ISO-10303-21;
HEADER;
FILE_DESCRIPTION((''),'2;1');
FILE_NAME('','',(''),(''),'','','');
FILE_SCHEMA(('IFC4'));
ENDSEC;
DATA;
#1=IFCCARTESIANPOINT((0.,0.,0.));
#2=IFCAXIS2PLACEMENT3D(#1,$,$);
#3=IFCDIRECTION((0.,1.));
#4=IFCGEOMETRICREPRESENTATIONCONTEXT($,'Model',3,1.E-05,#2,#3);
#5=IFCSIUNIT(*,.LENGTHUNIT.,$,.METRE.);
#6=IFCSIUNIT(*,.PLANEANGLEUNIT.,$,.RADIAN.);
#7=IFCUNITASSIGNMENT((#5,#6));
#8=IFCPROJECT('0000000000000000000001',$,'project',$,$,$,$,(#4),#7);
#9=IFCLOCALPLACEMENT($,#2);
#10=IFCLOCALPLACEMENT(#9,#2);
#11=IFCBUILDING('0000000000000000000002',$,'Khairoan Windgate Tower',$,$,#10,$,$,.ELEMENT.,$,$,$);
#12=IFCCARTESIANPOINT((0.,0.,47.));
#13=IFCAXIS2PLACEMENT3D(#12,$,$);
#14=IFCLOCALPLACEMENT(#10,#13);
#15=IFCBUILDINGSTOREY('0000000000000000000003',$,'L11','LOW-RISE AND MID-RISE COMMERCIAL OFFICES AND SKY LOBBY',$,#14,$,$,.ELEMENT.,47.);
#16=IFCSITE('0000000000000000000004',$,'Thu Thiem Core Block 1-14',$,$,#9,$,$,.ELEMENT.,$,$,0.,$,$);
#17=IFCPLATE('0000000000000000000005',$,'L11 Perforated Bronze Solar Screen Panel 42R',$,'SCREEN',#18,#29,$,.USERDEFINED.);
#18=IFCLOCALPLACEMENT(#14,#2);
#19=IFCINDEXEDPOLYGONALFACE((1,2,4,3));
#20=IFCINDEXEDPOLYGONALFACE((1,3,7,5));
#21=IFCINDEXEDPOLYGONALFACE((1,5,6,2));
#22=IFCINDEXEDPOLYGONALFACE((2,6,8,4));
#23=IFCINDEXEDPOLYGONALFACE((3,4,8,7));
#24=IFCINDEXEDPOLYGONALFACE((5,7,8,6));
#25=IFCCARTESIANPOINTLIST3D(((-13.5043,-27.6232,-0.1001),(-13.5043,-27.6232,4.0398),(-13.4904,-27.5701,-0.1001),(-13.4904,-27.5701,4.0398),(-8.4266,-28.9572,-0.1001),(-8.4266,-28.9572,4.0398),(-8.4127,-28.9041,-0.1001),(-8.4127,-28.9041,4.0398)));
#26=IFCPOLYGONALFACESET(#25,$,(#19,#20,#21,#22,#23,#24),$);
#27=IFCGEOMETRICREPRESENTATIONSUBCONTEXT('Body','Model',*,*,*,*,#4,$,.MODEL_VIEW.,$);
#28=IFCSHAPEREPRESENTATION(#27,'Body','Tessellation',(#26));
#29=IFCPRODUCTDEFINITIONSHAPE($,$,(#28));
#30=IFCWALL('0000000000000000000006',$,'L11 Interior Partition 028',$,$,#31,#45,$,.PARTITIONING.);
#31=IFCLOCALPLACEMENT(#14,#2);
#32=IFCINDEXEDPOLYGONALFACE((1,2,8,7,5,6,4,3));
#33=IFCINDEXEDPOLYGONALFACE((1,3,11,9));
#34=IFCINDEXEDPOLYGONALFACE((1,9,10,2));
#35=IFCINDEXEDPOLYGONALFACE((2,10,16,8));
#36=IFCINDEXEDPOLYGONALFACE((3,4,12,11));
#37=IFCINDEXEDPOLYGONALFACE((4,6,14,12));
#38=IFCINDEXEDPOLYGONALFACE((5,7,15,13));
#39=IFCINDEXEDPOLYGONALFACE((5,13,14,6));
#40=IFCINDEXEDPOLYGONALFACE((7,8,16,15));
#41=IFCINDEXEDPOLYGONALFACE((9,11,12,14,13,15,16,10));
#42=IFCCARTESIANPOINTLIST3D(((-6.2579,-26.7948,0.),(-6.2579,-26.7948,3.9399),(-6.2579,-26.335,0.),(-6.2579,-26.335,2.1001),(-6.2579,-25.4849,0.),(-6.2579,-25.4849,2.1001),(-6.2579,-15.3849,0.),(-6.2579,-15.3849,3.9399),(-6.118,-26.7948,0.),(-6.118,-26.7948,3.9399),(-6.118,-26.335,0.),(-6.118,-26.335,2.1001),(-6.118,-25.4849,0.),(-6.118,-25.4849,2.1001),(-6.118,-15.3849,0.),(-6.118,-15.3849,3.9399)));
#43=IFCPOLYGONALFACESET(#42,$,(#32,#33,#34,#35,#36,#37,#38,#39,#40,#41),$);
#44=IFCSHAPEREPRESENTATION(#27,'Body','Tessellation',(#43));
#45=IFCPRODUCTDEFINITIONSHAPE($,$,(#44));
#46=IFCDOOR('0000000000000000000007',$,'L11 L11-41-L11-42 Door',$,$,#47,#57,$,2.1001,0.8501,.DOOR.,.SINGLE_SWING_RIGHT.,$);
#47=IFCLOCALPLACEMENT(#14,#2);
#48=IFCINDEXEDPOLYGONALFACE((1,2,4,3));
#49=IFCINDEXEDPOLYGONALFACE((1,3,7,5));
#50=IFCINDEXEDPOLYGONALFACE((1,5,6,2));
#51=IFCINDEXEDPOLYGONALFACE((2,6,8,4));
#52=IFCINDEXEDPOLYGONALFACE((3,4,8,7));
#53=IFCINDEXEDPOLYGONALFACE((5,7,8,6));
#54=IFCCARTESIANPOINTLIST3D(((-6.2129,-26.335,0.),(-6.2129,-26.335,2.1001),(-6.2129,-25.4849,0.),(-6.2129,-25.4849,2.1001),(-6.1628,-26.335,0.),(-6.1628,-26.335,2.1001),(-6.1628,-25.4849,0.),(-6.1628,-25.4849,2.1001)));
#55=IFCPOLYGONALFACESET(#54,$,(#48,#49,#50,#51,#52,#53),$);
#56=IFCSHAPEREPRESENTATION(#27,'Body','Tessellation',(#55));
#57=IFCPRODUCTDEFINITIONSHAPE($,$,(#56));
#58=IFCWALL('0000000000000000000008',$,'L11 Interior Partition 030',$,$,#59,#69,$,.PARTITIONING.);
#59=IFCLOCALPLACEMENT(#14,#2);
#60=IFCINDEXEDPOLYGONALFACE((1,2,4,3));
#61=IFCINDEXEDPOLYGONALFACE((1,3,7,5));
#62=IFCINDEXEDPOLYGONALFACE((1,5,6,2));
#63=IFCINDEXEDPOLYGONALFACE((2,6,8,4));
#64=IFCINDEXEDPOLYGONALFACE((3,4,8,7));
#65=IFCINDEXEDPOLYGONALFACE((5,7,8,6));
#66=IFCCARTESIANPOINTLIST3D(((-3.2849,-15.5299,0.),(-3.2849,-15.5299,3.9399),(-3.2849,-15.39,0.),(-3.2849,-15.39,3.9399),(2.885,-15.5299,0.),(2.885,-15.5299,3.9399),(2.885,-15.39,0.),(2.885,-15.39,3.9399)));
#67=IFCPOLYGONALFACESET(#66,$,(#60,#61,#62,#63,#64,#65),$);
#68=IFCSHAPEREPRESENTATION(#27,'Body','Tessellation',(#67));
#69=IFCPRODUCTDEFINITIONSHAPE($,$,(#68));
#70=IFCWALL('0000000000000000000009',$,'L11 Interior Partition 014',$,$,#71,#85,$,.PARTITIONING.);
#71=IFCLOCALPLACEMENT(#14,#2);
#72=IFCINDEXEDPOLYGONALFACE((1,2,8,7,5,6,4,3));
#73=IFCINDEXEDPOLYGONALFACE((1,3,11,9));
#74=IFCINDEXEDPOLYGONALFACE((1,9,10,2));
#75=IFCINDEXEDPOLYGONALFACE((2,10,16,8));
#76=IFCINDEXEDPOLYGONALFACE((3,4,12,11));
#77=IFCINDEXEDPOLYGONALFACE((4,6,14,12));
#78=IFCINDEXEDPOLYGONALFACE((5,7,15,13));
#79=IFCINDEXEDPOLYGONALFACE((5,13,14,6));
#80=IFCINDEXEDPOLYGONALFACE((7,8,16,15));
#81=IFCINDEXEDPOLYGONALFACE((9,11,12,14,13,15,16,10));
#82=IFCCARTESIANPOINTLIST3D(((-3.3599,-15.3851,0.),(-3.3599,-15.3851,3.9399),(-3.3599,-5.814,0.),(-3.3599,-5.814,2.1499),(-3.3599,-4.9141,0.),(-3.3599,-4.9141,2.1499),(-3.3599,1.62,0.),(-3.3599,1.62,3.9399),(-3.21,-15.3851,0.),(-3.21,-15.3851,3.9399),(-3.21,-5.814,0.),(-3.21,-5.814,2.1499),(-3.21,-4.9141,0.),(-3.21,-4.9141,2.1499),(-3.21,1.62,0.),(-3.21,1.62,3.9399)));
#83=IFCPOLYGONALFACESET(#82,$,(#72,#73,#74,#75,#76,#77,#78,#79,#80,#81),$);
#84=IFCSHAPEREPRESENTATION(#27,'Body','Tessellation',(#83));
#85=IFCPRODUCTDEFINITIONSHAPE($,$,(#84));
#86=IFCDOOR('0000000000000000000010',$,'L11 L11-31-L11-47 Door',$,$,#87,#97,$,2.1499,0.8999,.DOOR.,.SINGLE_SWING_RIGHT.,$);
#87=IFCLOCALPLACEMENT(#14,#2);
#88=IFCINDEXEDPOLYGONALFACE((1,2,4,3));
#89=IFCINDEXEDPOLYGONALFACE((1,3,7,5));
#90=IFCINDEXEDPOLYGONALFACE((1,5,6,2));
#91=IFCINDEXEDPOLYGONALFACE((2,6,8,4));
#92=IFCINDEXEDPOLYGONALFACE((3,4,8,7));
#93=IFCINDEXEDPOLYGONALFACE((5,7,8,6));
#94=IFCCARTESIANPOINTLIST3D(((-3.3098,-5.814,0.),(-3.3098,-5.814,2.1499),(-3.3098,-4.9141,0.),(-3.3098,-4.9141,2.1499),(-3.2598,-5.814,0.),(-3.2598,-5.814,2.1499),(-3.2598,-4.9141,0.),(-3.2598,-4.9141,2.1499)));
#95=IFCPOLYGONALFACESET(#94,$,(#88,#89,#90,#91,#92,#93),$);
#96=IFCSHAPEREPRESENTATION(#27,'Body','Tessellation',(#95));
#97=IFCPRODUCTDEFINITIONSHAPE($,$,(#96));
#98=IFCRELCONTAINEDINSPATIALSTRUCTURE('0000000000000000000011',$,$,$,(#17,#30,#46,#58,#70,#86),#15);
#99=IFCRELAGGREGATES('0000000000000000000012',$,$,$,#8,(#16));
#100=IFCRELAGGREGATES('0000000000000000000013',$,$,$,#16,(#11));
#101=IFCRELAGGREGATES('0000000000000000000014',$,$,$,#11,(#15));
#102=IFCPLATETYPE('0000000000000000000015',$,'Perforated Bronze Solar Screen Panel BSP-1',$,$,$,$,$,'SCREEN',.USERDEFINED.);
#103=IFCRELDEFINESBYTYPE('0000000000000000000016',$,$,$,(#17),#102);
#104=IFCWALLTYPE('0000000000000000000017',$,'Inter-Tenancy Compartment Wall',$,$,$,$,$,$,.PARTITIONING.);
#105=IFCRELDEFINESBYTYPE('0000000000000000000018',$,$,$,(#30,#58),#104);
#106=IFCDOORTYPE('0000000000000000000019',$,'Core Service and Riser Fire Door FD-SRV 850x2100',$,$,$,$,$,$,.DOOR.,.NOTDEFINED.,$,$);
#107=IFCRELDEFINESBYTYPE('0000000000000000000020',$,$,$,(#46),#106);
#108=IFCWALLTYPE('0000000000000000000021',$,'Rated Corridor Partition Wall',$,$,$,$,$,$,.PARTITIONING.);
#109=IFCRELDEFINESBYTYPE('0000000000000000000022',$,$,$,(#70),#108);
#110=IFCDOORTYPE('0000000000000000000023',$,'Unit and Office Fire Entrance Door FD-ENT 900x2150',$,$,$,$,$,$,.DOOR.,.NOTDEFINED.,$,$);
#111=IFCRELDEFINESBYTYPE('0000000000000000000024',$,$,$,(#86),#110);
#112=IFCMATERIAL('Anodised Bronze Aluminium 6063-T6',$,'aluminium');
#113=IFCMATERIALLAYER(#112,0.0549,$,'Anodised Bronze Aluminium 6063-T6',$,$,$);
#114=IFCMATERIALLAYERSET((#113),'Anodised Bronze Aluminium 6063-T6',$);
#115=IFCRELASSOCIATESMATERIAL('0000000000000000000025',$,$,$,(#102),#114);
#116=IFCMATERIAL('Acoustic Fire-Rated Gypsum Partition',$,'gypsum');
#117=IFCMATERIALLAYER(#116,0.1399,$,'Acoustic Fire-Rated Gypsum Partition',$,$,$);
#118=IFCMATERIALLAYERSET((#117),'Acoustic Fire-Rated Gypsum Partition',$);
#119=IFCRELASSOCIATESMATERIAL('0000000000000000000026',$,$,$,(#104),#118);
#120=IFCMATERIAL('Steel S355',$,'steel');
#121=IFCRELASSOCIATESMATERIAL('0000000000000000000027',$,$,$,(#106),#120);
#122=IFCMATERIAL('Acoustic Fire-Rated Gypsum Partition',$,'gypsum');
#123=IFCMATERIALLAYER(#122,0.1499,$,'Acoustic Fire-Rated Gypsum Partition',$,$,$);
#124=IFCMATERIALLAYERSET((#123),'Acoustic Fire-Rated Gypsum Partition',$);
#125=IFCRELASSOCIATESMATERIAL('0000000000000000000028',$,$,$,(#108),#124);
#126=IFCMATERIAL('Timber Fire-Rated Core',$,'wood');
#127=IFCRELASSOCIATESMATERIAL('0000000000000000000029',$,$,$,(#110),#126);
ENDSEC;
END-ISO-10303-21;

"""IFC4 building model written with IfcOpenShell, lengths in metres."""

from ifc_helpers import new_model, si_unit, direction, frame, frame_2d, origin, origin_2d, place, context, subcontext, project, spatial, rectangle, extrude, material, layer, layer_set, type_object, element, fill, save


model = new_model("IFC4")

# Units and contexts
model_context = context("Model", 3, precision=1e-05, world=origin(), true_north=direction((0.0, 1.0)))
body_context = subcontext(model_context, "Body", "Model", "MODEL_VIEW")
ifc_project = project(units=[si_unit("LENGTHUNIT", "METRE"), si_unit("PLANEANGLEUNIT", "RADIAN")], contexts=[model_context])

# Site, building, storey
site_placement = place(None, origin())
site = spatial("IfcSite", under=ifc_project, at=site_placement, Name="Thu Thiem Core Block 1-14", CompositionType="ELEMENT", RefElevation=0.0)
building_placement = place(site_placement, origin())
building = spatial("IfcBuilding", under=site, at=building_placement, Name="Khairoan Windgate Tower", CompositionType="ELEMENT")
storey_placement = place(building_placement, frame((0.0, 0.0, 47.0)))
storey = spatial("IfcBuildingStorey", under=building, at=storey_placement, Name="L11", Description="LOW-RISE AND MID-RISE COMMERCIAL OFFICES AND SKY LOBBY", CompositionType="ELEMENT", Elevation=47.0)

# Plate
ifc_material_1 = material(Name="Anodised Bronze Aluminium 6063-T6", Category="aluminium")
ifc_layer_1 = layer(ifc_material_1, 0.0549, Name="Anodised Bronze Aluminium 6063-T6")
ifc_layer_set_1 = layer_set([ifc_layer_1], Name="Anodised Bronze Aluminium 6063-T6")
plate_type = type_object("IfcPlateType", Name="Perforated Bronze Solar Screen Panel BSP-1", ElementType="SCREEN", PredefinedType="USERDEFINED", material=ifc_layer_set_1)
plate_placement = place(storey_placement, frame((-10.9585, -28.2637, -0.1001), z_axis=(0.0, 0.0, 1.0), x_axis=(-0.967179, 0.254096, 0.0)))
element("IfcPlate", 1, at=plate_placement, inside=storey, type_object=plate_type, Name="L11 Perforated Bronze Solar Screen Panel 42R", ObjectType="SCREEN", PredefinedType="USERDEFINED", context=body_context, shape_type="SweptSolid", body=[
    extrude(rectangle(XDim=5.25, YDim=0.0549, at=origin_2d()), origin(), (0.0, 0.0, 1.0), 4.1399),
])

# Wall, opening, door
ifc_material_2 = material(Name="Acoustic Fire-Rated Gypsum Partition", Category="gypsum")
ifc_layer_2 = layer(ifc_material_2, 0.1399, Name="Acoustic Fire-Rated Gypsum Partition")
ifc_layer_set_2 = layer_set([ifc_layer_2], Name="Acoustic Fire-Rated Gypsum Partition")
wall_type_1 = type_object("IfcWallType", Name="Inter-Tenancy Compartment Wall", PredefinedType="PARTITIONING", material=ifc_layer_set_2)
wall_1_placement = place(storey_placement, frame((-6.188, -26.7949, 0.0), z_axis=(0.0, 0.0, 1.0), x_axis=(0.0, 1.0, 0.0)))
wall_1 = element("IfcWall", 2, at=wall_1_placement, inside=storey, type_object=wall_type_1, Name="L11 Interior Partition 028", PredefinedType="PARTITIONING", context=body_context, shape_type="SweptSolid", body=[
    extrude(rectangle(XDim=11.4099, YDim=0.1399, at=frame_2d((5.7051, 0.0))), origin(), (0.0, 0.0, 1.0), 3.9399),
])
opening_1_placement = place(wall_1_placement, frame((0.46, 0.0, 0.0)))
opening_1 = element("IfcOpeningElement", 3, at=opening_1_placement, cuts=wall_1, PredefinedType="OPENING", context=body_context, shape_type="SweptSolid", body=[
    extrude(rectangle(XDim=0.8501, YDim=2.1001, at=frame_2d((0.425, 1.05))), frame((0.0, 0.0798, 0.0), z_axis=(0.0, -1.0, 0.0), x_axis=(1.0, 0.0, 0.0)), (0.0, 0.0, 1.0), 0.1599),
])
ifc_material_3 = material(Name="Steel S355", Category="steel")
door_type_1 = type_object("IfcDoorType", Name="Core Service and Riser Fire Door FD-SRV 850x2100", OperationType="NOTDEFINED", PredefinedType="DOOR", material=ifc_material_3)
door_1_placement = place(opening_1_placement, origin())
door_1 = element("IfcDoor", 4, at=door_1_placement, inside=storey, type_object=door_type_1, Name="L11 L11-41-L11-42 Door", OperationType="SINGLE_SWING_RIGHT", OverallHeight=2.1001, OverallWidth=0.8501, PredefinedType="DOOR", context=body_context, shape_type="SweptSolid", body=[
    extrude(rectangle(XDim=0.8501, YDim=2.1001, at=frame_2d((0.425, 1.05))), frame((0.0, 0.0249, 0.0), z_axis=(0.0, -1.0, 0.0), x_axis=(1.0, 0.0, 0.0)), (0.0, 0.0, 1.0), 0.05),
])
fill(opening_1, door_1)

# Wall
wall_2_placement = place(storey_placement, frame((-3.2849, -15.46, 0.0), z_axis=(0.0, 0.0, 1.0), x_axis=(1.0, 0.0, 0.0)))
element("IfcWall", 5, at=wall_2_placement, inside=storey, type_object=wall_type_1, Name="L11 Interior Partition 030", PredefinedType="PARTITIONING", context=body_context, shape_type="SweptSolid", body=[
    extrude(rectangle(XDim=6.1699, YDim=0.1399, at=frame_2d((3.085, 0.0))), origin(), (0.0, 0.0, 1.0), 3.9399),
])

# Wall, opening, door
ifc_material_4 = material(Name="Acoustic Fire-Rated Gypsum Partition", Category="gypsum")
ifc_layer_3 = layer(ifc_material_4, 0.1499, Name="Acoustic Fire-Rated Gypsum Partition")
ifc_layer_set_3 = layer_set([ifc_layer_3], Name="Acoustic Fire-Rated Gypsum Partition")
wall_type_2 = type_object("IfcWallType", Name="Rated Corridor Partition Wall", PredefinedType="PARTITIONING", material=ifc_layer_set_3)
ifc_material_5 = material(Name="Timber Fire-Rated Core", Category="wood")
door_type_2 = type_object("IfcDoorType", Name="Unit and Office Fire Entrance Door FD-ENT 900x2150", OperationType="NOTDEFINED", PredefinedType="DOOR", material=ifc_material_5)
wall_3_placement = place(storey_placement, frame((-3.2849, -15.385, 0.0), z_axis=(0.0, 0.0, 1.0), x_axis=(0.0, 1.0, 0.0)))
wall_3 = element("IfcWall", 6, at=wall_3_placement, inside=storey, type_object=wall_type_2, Name="L11 Interior Partition 014", PredefinedType="PARTITIONING", context=body_context, shape_type="SweptSolid", body=[
    extrude(rectangle(XDim=17.0051, YDim=0.1499, at=frame_2d((8.5024, 0.0))), origin(), (0.0, 0.0, 1.0), 3.9399),
])
opening_2_placement = place(wall_3_placement, frame((9.571, 0.0, 0.0)))
opening_2 = element("IfcOpeningElement", 7, at=opening_2_placement, cuts=wall_3, PredefinedType="OPENING", context=body_context, shape_type="SweptSolid", body=[
    extrude(rectangle(XDim=0.8999, YDim=2.1499, at=frame_2d((0.45, 1.075))), frame((0.0, 0.085, 0.0), z_axis=(0.0, -1.0, 0.0), x_axis=(1.0, 0.0, 0.0)), (0.0, 0.0, 1.0), 0.1699),
])
door_2_placement = place(opening_2_placement, origin())
door_2 = element("IfcDoor", 8, at=door_2_placement, inside=storey, type_object=door_type_2, Name="L11 L11-31-L11-47 Door", OperationType="SINGLE_SWING_RIGHT", OverallHeight=2.1499, OverallWidth=0.8999, PredefinedType="DOOR", context=body_context, shape_type="SweptSolid", body=[
    extrude(rectangle(XDim=0.8999, YDim=2.1499, at=frame_2d((0.45, 1.075))), frame((0.0, 0.0249, 0.0), z_axis=(0.0, -1.0, 0.0), x_axis=(1.0, 0.0, 0.0)), (0.0, 0.0, 1.0), 0.05),
])
fill(opening_2, door_2)

save(model, "model.ifc")
